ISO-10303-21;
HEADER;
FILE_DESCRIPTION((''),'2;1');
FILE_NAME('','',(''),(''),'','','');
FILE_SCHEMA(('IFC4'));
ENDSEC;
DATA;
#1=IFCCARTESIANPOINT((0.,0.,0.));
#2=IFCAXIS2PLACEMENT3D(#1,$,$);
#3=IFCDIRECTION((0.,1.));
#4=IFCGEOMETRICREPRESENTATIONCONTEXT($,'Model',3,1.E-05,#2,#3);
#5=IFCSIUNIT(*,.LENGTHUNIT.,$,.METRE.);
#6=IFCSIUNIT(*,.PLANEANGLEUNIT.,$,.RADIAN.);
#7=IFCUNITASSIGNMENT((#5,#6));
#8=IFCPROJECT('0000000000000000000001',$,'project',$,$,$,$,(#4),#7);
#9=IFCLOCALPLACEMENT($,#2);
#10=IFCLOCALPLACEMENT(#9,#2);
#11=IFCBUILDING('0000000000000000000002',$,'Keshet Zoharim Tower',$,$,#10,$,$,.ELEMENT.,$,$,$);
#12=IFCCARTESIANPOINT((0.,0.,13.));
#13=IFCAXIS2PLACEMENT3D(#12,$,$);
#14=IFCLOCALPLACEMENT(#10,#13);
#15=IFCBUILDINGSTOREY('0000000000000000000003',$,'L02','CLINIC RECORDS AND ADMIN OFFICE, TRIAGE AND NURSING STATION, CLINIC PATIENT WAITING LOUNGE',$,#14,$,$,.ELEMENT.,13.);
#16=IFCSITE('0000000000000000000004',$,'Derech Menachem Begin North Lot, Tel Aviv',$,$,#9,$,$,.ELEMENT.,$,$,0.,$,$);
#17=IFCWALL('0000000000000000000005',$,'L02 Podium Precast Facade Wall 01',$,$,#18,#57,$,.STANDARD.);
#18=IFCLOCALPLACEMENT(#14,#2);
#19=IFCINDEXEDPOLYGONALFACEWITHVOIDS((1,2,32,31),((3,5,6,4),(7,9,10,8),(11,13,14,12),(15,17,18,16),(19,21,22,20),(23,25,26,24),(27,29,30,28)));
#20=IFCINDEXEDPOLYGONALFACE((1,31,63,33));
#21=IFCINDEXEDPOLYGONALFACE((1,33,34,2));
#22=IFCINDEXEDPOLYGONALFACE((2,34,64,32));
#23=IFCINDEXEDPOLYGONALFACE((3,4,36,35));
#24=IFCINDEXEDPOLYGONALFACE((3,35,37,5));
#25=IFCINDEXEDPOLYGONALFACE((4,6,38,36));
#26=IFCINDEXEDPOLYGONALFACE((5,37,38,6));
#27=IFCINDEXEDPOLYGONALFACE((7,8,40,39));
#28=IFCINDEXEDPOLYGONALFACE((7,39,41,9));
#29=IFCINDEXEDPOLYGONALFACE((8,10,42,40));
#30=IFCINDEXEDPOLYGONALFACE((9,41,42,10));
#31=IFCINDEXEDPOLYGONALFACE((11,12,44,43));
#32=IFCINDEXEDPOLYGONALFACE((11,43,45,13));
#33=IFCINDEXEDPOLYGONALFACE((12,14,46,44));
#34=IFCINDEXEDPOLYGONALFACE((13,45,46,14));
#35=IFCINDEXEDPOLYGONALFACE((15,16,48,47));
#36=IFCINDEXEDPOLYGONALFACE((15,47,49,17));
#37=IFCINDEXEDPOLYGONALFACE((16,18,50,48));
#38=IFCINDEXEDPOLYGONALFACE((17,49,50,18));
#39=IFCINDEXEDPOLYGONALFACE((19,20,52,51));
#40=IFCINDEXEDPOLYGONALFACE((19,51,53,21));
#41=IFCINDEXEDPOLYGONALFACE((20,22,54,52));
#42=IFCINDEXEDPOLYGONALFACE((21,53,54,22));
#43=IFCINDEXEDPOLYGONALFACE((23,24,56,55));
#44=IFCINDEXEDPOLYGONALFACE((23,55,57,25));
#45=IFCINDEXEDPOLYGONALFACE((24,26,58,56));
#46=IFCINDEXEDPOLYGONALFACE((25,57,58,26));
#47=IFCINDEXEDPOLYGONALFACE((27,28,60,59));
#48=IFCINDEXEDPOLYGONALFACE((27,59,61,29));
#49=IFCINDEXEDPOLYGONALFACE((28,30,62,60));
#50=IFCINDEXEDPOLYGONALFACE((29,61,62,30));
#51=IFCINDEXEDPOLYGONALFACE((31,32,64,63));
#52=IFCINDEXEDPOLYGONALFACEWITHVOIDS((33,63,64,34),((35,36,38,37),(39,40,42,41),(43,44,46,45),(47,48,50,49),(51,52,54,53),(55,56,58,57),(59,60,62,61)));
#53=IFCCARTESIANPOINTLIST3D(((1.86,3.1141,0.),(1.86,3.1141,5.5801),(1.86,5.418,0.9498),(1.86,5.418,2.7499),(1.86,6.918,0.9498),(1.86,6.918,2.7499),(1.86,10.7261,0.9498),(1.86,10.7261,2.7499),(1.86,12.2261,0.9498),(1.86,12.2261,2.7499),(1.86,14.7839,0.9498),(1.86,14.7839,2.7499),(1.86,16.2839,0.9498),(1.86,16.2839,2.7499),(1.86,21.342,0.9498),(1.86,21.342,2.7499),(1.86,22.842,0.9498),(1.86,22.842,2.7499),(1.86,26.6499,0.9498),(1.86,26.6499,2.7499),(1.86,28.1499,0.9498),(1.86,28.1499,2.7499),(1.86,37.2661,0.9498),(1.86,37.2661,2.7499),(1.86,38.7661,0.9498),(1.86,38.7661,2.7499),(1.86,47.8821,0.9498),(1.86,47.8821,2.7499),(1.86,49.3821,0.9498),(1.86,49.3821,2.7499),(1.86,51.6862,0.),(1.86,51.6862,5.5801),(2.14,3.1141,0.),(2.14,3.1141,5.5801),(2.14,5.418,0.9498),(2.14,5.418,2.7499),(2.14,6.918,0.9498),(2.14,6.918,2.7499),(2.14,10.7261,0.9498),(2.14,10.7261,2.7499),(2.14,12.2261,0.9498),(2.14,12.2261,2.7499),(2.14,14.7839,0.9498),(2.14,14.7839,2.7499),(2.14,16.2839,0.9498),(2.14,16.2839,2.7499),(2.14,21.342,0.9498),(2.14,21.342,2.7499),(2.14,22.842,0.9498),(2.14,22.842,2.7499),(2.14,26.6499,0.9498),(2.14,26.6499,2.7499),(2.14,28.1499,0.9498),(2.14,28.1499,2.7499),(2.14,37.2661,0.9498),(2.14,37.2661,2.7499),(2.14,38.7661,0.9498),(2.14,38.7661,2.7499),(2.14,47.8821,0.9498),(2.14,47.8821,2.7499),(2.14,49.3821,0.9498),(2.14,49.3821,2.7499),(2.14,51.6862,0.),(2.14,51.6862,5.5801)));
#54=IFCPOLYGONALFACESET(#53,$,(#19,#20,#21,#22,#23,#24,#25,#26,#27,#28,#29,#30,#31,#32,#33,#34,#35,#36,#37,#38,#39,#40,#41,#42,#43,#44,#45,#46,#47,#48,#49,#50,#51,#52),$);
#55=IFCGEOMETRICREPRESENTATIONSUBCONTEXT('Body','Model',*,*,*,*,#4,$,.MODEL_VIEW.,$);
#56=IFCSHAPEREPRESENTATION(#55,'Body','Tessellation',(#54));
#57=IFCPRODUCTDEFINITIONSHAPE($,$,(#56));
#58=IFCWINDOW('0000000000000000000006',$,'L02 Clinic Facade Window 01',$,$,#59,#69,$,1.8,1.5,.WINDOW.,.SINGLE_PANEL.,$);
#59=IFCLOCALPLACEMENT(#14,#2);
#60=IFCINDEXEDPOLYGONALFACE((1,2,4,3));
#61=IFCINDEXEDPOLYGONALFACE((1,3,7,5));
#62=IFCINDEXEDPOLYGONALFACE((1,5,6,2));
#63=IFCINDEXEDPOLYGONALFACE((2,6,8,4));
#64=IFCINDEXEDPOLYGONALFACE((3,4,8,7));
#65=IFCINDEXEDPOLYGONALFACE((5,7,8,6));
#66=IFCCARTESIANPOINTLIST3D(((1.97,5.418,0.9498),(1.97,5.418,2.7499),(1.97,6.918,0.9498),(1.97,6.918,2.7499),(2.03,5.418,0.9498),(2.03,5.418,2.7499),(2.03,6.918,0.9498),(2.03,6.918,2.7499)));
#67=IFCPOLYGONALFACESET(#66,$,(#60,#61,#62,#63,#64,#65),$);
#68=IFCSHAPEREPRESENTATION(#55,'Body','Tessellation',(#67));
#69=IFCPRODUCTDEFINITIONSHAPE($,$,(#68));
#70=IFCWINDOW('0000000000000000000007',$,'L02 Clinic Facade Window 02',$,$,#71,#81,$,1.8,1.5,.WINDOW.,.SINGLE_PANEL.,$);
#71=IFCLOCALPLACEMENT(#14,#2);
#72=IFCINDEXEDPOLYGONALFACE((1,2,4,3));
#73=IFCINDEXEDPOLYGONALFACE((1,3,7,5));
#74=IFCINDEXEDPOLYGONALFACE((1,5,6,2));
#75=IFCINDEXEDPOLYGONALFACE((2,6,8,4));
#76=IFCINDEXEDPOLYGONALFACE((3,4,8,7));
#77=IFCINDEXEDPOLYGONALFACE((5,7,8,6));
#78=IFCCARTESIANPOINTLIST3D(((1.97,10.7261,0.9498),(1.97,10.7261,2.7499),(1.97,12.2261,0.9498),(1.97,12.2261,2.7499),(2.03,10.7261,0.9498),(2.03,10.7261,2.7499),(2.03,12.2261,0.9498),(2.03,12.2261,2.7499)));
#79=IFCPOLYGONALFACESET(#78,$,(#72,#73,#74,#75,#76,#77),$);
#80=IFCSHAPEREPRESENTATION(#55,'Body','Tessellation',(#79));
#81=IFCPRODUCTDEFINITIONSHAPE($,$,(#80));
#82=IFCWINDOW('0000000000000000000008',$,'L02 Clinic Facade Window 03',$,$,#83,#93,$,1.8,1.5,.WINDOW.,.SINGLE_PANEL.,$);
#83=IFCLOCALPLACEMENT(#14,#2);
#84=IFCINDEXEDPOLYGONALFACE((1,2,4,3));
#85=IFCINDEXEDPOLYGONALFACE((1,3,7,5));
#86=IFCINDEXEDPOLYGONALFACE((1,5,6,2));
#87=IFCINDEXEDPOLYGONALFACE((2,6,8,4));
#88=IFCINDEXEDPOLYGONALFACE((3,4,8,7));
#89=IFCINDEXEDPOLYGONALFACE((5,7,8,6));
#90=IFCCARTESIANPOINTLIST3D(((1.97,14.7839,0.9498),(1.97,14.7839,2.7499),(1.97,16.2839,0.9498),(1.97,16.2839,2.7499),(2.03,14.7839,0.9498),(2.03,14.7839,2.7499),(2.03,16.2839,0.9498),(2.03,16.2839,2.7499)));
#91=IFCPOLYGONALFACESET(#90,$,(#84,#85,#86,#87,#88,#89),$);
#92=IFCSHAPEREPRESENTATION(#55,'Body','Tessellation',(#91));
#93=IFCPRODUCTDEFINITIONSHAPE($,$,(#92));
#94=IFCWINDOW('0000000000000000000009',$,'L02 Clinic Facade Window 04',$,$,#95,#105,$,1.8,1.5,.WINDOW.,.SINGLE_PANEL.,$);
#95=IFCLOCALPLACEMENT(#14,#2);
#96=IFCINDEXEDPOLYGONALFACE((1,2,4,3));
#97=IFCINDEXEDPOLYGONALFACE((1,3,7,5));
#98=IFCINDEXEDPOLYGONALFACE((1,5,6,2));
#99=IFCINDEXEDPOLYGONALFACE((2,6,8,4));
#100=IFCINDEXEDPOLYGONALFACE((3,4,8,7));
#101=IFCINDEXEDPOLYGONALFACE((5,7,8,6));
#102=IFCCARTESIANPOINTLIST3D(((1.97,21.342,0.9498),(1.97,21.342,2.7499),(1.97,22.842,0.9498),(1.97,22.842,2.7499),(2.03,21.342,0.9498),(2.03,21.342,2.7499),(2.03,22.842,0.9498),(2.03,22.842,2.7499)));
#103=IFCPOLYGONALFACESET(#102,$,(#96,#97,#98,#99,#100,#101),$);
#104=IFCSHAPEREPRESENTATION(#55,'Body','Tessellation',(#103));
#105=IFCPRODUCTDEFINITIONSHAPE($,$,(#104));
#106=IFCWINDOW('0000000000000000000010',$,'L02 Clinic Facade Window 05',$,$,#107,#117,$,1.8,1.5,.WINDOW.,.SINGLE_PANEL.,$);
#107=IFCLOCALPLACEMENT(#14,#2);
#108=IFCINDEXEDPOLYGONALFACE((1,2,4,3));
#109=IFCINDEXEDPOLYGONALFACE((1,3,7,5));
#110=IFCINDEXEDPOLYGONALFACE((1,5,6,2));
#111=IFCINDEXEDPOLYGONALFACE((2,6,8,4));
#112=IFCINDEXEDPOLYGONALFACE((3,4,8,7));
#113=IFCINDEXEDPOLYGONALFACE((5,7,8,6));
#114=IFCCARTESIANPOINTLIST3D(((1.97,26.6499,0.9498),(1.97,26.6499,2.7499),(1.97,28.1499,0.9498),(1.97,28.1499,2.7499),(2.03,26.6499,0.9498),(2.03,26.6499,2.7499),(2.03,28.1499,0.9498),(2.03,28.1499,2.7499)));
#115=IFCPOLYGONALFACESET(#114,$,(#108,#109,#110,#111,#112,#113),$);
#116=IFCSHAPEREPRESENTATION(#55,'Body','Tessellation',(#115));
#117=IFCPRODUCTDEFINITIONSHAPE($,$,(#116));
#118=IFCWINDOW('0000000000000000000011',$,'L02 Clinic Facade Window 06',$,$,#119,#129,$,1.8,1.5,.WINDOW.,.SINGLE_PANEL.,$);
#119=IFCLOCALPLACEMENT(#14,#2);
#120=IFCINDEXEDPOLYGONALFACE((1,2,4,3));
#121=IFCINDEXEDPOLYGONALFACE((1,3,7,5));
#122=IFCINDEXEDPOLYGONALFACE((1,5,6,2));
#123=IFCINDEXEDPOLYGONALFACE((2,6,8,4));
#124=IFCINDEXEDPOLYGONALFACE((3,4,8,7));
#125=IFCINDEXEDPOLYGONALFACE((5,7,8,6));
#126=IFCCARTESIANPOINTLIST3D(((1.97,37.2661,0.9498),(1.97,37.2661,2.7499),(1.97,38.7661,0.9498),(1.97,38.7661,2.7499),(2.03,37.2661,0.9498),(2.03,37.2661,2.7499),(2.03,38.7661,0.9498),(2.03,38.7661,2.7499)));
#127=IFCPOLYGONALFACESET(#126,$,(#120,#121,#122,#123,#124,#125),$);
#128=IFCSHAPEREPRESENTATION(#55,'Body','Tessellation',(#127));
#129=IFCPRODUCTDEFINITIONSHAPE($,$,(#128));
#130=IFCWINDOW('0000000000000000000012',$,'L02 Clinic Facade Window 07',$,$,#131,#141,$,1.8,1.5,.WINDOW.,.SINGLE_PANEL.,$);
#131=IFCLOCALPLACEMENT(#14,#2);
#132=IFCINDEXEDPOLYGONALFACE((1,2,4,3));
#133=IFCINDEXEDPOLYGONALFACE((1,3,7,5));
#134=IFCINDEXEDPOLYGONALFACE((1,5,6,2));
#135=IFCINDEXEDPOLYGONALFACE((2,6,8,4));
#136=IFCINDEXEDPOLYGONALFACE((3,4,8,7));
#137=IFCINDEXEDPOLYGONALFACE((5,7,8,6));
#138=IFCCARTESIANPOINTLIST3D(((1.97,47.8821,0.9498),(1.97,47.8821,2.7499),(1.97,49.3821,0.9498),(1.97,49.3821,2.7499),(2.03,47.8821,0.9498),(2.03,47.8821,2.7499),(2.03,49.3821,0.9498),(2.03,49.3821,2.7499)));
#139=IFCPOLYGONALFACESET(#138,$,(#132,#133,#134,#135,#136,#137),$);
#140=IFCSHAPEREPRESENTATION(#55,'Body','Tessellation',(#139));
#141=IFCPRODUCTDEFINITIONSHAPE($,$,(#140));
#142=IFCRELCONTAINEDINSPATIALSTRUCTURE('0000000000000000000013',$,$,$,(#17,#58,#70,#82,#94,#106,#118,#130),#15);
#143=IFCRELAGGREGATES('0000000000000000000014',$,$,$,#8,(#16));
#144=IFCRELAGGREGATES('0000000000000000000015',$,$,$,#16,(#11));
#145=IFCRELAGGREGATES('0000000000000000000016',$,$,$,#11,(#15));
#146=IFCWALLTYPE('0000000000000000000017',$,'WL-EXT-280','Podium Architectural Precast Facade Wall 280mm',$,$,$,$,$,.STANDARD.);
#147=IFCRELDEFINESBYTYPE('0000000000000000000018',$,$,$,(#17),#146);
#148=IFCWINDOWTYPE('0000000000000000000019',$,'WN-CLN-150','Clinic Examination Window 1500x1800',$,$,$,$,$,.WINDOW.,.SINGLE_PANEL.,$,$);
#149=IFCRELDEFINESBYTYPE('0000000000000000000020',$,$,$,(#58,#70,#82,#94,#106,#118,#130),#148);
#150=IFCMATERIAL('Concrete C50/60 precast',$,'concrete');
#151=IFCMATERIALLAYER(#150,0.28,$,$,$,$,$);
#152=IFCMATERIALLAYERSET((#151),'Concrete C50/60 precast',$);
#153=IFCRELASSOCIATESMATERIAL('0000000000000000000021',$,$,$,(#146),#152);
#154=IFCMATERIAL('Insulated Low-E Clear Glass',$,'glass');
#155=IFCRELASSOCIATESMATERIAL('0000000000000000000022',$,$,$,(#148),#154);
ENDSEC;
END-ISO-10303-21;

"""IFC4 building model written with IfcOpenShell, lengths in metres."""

from ifc_helpers import new_model, si_unit, direction, frame, frame_2d, origin, place, context, subcontext, project, spatial, rectangle, extrude, material, layer, layer_set, type_object, element, fill, save


model = new_model("IFC4")

# Units and contexts
model_context = context("Model", 3, precision=1e-05, world=origin(), true_north=direction((0.0, 1.0)))
body_context = subcontext(model_context, "Body", "Model", "MODEL_VIEW")
ifc_project = project(units=[si_unit("LENGTHUNIT", "METRE"), si_unit("PLANEANGLEUNIT", "RADIAN")], contexts=[model_context])

# Site, building, storey
site_placement = place(None, origin())
site = spatial("IfcSite", under=ifc_project, at=site_placement, Name="Derech Menachem Begin North Lot, Tel Aviv", CompositionType="ELEMENT", RefElevation=0.0)
building_placement = place(site_placement, origin())
building = spatial("IfcBuilding", under=site, at=building_placement, Name="Keshet Zoharim Tower", CompositionType="ELEMENT")
storey_placement = place(building_placement, frame((0.0, 0.0, 13.0)))
storey = spatial("IfcBuildingStorey", under=building, at=storey_placement, Name="L02", Description="CLINIC RECORDS AND ADMIN OFFICE, TRIAGE AND NURSING STATION, CLINIC PATIENT WAITING LOUNGE", CompositionType="ELEMENT", Elevation=13.0)

# Wall, openings, windows
ifc_material_1 = material(Name="Concrete C50/60 precast", Category="concrete")
ifc_layer_1 = layer(ifc_material_1, 0.28)
ifc_layer_set_1 = layer_set([ifc_layer_1], Name="Concrete C50/60 precast")
wall_type = type_object("IfcWallType", Name="WL-EXT-280", Description="Podium Architectural Precast Facade Wall 280mm", PredefinedType="STANDARD", material=ifc_layer_set_1)
wall_placement = place(storey_placement, frame((2.0, 3.114, 0.0), z_axis=(0.0, 0.0, 1.0), x_axis=(0.0, 1.0, 0.0)))
wall = element("IfcWall", 1, at=wall_placement, inside=storey, type_object=wall_type, Name="L02 Podium Precast Facade Wall 01", PredefinedType="STANDARD", context=body_context, shape_type="SweptSolid", body=[
    extrude(rectangle(XDim=48.572, YDim=0.28, at=frame_2d((24.2861, 0.0))), origin(), (0.0, 0.0, 1.0), 5.5801),
])
opening_1_placement = place(wall_placement, frame((2.304, 0.0, 0.95)))
opening_1 = element("IfcOpeningElement", 2, at=opening_1_placement, cuts=wall, PredefinedType="OPENING", context=body_context, shape_type="SweptSolid", body=[
    extrude(rectangle(XDim=1.5, YDim=1.8, at=frame_2d((0.75, 0.8999))), frame((0.0, 0.1499, 0.0), z_axis=(0.0, -1.0, 0.0), x_axis=(1.0, 0.0, 0.0)), (0.0, 0.0, 1.0), 0.3),
])
opening_2_placement = place(wall_placement, frame((7.6121, 0.0, 0.95)))
opening_2 = element("IfcOpeningElement", 3, at=opening_2_placement, cuts=wall, PredefinedType="OPENING", context=body_context, shape_type="SweptSolid", body=[
    extrude(rectangle(XDim=1.5, YDim=1.8, at=frame_2d((0.75, 0.8999))), frame((0.0, 0.1499, 0.0), z_axis=(0.0, -1.0, 0.0), x_axis=(1.0, 0.0, 0.0)), (0.0, 0.0, 1.0), 0.3),
])
opening_3_placement = place(wall_placement, frame((11.6699, 0.0, 0.95)))
opening_3 = element("IfcOpeningElement", 4, at=opening_3_placement, cuts=wall, PredefinedType="OPENING", context=body_context, shape_type="SweptSolid", body=[
    extrude(rectangle(XDim=1.5, YDim=1.8, at=frame_2d((0.75, 0.8999))), frame((0.0, 0.1499, 0.0), z_axis=(0.0, -1.0, 0.0), x_axis=(1.0, 0.0, 0.0)), (0.0, 0.0, 1.0), 0.3),
])
opening_4_placement = place(wall_placement, frame((18.228, 0.0, 0.95)))
opening_4 = element("IfcOpeningElement", 5, at=opening_4_placement, cuts=wall, PredefinedType="OPENING", context=body_context, shape_type="SweptSolid", body=[
    extrude(rectangle(XDim=1.5, YDim=1.8, at=frame_2d((0.75, 0.8999))), frame((0.0, 0.1499, 0.0), z_axis=(0.0, -1.0, 0.0), x_axis=(1.0, 0.0, 0.0)), (0.0, 0.0, 1.0), 0.3),
])
opening_5_placement = place(wall_placement, frame((23.5359, 0.0, 0.95)))
opening_5 = element("IfcOpeningElement", 6, at=opening_5_placement, cuts=wall, PredefinedType="OPENING", context=body_context, shape_type="SweptSolid", body=[
    extrude(rectangle(XDim=1.5, YDim=1.8, at=frame_2d((0.75, 0.8999))), frame((0.0, 0.1499, 0.0), z_axis=(0.0, -1.0, 0.0), x_axis=(1.0, 0.0, 0.0)), (0.0, 0.0, 1.0), 0.3),
])
opening_6_placement = place(wall_placement, frame((34.1521, 0.0, 0.95)))
opening_6 = element("IfcOpeningElement", 7, at=opening_6_placement, cuts=wall, PredefinedType="OPENING", context=body_context, shape_type="SweptSolid", body=[
    extrude(rectangle(XDim=1.5, YDim=1.8, at=frame_2d((0.75, 0.8999))), frame((0.0, 0.1499, 0.0), z_axis=(0.0, -1.0, 0.0), x_axis=(1.0, 0.0, 0.0)), (0.0, 0.0, 1.0), 0.3),
])
opening_7_placement = place(wall_placement, frame((44.7681, 0.0, 0.95)))
opening_7 = element("IfcOpeningElement", 8, at=opening_7_placement, cuts=wall, PredefinedType="OPENING", context=body_context, shape_type="SweptSolid", body=[
    extrude(rectangle(XDim=1.5, YDim=1.8, at=frame_2d((0.75, 0.8999))), frame((0.0, 0.1499, 0.0), z_axis=(0.0, -1.0, 0.0), x_axis=(1.0, 0.0, 0.0)), (0.0, 0.0, 1.0), 0.3),
])
ifc_material_2 = material(Name="Insulated Low-E Clear Glass", Category="glass")
window_type = type_object("IfcWindowType", Name="WN-CLN-150", Description="Clinic Examination Window 1500x1800", PartitioningType="SINGLE_PANEL", PredefinedType="WINDOW", material=ifc_material_2)
window_1_placement = place(opening_1_placement, origin())
window_1 = element("IfcWindow", 9, at=window_1_placement, inside=storey, type_object=window_type, Name="L02 Clinic Facade Window 01", OverallHeight=1.8, OverallWidth=1.5, PartitioningType="SINGLE_PANEL", PredefinedType="WINDOW", context=body_context, shape_type="SweptSolid", body=[
    extrude(rectangle(XDim=1.5, YDim=1.8, at=frame_2d((0.75, 0.8999))), frame((0.0, 0.03, 0.0), z_axis=(0.0, -1.0, 0.0), x_axis=(1.0, 0.0, 0.0)), (0.0, 0.0, 1.0), 0.0601),
])
fill(opening_1, window_1)
window_2_placement = place(opening_2_placement, origin())
window_2 = element("IfcWindow", 10, at=window_2_placement, inside=storey, type_object=window_type, Name="L02 Clinic Facade Window 02", OverallHeight=1.8, OverallWidth=1.5, PartitioningType="SINGLE_PANEL", PredefinedType="WINDOW", context=body_context, shape_type="SweptSolid", body=[
    extrude(rectangle(XDim=1.5, YDim=1.8, at=frame_2d((0.75, 0.8999))), frame((0.0, 0.03, 0.0), z_axis=(0.0, -1.0, 0.0), x_axis=(1.0, 0.0, 0.0)), (0.0, 0.0, 1.0), 0.0601),
])
fill(opening_2, window_2)
window_3_placement = place(opening_3_placement, origin())
window_3 = element("IfcWindow", 11, at=window_3_placement, inside=storey, type_object=window_type, Name="L02 Clinic Facade Window 03", OverallHeight=1.8, OverallWidth=1.5, PartitioningType="SINGLE_PANEL", PredefinedType="WINDOW", context=body_context, shape_type="SweptSolid", body=[
    extrude(rectangle(XDim=1.5, YDim=1.8, at=frame_2d((0.75, 0.8999))), frame((0.0, 0.03, 0.0), z_axis=(0.0, -1.0, 0.0), x_axis=(1.0, 0.0, 0.0)), (0.0, 0.0, 1.0), 0.0601),
])
fill(opening_3, window_3)
window_4_placement = place(opening_4_placement, origin())
window_4 = element("IfcWindow", 12, at=window_4_placement, inside=storey, type_object=window_type, Name="L02 Clinic Facade Window 04", OverallHeight=1.8, OverallWidth=1.5, PartitioningType="SINGLE_PANEL", PredefinedType="WINDOW", context=body_context, shape_type="SweptSolid", body=[
    extrude(rectangle(XDim=1.5, YDim=1.8, at=frame_2d((0.75, 0.8999))), frame((0.0, 0.03, 0.0), z_axis=(0.0, -1.0, 0.0), x_axis=(1.0, 0.0, 0.0)), (0.0, 0.0, 1.0), 0.0601),
])
fill(opening_4, window_4)
window_5_placement = place(opening_5_placement, origin())
window_5 = element("IfcWindow", 13, at=window_5_placement, inside=storey, type_object=window_type, Name="L02 Clinic Facade Window 05", OverallHeight=1.8, OverallWidth=1.5, PartitioningType="SINGLE_PANEL", PredefinedType="WINDOW", context=body_context, shape_type="SweptSolid", body=[
    extrude(rectangle(XDim=1.5, YDim=1.8, at=frame_2d((0.75, 0.8999))), frame((0.0, 0.03, 0.0), z_axis=(0.0, -1.0, 0.0), x_axis=(1.0, 0.0, 0.0)), (0.0, 0.0, 1.0), 0.0601),
])
fill(opening_5, window_5)
window_6_placement = place(opening_6_placement, origin())
window_6 = element("IfcWindow", 14, at=window_6_placement, inside=storey, type_object=window_type, Name="L02 Clinic Facade Window 06", OverallHeight=1.8, OverallWidth=1.5, PartitioningType="SINGLE_PANEL", PredefinedType="WINDOW", context=body_context, shape_type="SweptSolid", body=[
    extrude(rectangle(XDim=1.5, YDim=1.8, at=frame_2d((0.75, 0.8999))), frame((0.0, 0.03, 0.0), z_axis=(0.0, -1.0, 0.0), x_axis=(1.0, 0.0, 0.0)), (0.0, 0.0, 1.0), 0.0601),
])
fill(opening_6, window_6)
window_7_placement = place(opening_7_placement, origin())
window_7 = element("IfcWindow", 15, at=window_7_placement, inside=storey, type_object=window_type, Name="L02 Clinic Facade Window 07", OverallHeight=1.8, OverallWidth=1.5, PartitioningType="SINGLE_PANEL", PredefinedType="WINDOW", context=body_context, shape_type="SweptSolid", body=[
    extrude(rectangle(XDim=1.5, YDim=1.8, at=frame_2d((0.75, 0.8999))), frame((0.0, 0.03, 0.0), z_axis=(0.0, -1.0, 0.0), x_axis=(1.0, 0.0, 0.0)), (0.0, 0.0, 1.0), 0.0601),
])
fill(opening_7, window_7)

save(model, "model.ifc")
